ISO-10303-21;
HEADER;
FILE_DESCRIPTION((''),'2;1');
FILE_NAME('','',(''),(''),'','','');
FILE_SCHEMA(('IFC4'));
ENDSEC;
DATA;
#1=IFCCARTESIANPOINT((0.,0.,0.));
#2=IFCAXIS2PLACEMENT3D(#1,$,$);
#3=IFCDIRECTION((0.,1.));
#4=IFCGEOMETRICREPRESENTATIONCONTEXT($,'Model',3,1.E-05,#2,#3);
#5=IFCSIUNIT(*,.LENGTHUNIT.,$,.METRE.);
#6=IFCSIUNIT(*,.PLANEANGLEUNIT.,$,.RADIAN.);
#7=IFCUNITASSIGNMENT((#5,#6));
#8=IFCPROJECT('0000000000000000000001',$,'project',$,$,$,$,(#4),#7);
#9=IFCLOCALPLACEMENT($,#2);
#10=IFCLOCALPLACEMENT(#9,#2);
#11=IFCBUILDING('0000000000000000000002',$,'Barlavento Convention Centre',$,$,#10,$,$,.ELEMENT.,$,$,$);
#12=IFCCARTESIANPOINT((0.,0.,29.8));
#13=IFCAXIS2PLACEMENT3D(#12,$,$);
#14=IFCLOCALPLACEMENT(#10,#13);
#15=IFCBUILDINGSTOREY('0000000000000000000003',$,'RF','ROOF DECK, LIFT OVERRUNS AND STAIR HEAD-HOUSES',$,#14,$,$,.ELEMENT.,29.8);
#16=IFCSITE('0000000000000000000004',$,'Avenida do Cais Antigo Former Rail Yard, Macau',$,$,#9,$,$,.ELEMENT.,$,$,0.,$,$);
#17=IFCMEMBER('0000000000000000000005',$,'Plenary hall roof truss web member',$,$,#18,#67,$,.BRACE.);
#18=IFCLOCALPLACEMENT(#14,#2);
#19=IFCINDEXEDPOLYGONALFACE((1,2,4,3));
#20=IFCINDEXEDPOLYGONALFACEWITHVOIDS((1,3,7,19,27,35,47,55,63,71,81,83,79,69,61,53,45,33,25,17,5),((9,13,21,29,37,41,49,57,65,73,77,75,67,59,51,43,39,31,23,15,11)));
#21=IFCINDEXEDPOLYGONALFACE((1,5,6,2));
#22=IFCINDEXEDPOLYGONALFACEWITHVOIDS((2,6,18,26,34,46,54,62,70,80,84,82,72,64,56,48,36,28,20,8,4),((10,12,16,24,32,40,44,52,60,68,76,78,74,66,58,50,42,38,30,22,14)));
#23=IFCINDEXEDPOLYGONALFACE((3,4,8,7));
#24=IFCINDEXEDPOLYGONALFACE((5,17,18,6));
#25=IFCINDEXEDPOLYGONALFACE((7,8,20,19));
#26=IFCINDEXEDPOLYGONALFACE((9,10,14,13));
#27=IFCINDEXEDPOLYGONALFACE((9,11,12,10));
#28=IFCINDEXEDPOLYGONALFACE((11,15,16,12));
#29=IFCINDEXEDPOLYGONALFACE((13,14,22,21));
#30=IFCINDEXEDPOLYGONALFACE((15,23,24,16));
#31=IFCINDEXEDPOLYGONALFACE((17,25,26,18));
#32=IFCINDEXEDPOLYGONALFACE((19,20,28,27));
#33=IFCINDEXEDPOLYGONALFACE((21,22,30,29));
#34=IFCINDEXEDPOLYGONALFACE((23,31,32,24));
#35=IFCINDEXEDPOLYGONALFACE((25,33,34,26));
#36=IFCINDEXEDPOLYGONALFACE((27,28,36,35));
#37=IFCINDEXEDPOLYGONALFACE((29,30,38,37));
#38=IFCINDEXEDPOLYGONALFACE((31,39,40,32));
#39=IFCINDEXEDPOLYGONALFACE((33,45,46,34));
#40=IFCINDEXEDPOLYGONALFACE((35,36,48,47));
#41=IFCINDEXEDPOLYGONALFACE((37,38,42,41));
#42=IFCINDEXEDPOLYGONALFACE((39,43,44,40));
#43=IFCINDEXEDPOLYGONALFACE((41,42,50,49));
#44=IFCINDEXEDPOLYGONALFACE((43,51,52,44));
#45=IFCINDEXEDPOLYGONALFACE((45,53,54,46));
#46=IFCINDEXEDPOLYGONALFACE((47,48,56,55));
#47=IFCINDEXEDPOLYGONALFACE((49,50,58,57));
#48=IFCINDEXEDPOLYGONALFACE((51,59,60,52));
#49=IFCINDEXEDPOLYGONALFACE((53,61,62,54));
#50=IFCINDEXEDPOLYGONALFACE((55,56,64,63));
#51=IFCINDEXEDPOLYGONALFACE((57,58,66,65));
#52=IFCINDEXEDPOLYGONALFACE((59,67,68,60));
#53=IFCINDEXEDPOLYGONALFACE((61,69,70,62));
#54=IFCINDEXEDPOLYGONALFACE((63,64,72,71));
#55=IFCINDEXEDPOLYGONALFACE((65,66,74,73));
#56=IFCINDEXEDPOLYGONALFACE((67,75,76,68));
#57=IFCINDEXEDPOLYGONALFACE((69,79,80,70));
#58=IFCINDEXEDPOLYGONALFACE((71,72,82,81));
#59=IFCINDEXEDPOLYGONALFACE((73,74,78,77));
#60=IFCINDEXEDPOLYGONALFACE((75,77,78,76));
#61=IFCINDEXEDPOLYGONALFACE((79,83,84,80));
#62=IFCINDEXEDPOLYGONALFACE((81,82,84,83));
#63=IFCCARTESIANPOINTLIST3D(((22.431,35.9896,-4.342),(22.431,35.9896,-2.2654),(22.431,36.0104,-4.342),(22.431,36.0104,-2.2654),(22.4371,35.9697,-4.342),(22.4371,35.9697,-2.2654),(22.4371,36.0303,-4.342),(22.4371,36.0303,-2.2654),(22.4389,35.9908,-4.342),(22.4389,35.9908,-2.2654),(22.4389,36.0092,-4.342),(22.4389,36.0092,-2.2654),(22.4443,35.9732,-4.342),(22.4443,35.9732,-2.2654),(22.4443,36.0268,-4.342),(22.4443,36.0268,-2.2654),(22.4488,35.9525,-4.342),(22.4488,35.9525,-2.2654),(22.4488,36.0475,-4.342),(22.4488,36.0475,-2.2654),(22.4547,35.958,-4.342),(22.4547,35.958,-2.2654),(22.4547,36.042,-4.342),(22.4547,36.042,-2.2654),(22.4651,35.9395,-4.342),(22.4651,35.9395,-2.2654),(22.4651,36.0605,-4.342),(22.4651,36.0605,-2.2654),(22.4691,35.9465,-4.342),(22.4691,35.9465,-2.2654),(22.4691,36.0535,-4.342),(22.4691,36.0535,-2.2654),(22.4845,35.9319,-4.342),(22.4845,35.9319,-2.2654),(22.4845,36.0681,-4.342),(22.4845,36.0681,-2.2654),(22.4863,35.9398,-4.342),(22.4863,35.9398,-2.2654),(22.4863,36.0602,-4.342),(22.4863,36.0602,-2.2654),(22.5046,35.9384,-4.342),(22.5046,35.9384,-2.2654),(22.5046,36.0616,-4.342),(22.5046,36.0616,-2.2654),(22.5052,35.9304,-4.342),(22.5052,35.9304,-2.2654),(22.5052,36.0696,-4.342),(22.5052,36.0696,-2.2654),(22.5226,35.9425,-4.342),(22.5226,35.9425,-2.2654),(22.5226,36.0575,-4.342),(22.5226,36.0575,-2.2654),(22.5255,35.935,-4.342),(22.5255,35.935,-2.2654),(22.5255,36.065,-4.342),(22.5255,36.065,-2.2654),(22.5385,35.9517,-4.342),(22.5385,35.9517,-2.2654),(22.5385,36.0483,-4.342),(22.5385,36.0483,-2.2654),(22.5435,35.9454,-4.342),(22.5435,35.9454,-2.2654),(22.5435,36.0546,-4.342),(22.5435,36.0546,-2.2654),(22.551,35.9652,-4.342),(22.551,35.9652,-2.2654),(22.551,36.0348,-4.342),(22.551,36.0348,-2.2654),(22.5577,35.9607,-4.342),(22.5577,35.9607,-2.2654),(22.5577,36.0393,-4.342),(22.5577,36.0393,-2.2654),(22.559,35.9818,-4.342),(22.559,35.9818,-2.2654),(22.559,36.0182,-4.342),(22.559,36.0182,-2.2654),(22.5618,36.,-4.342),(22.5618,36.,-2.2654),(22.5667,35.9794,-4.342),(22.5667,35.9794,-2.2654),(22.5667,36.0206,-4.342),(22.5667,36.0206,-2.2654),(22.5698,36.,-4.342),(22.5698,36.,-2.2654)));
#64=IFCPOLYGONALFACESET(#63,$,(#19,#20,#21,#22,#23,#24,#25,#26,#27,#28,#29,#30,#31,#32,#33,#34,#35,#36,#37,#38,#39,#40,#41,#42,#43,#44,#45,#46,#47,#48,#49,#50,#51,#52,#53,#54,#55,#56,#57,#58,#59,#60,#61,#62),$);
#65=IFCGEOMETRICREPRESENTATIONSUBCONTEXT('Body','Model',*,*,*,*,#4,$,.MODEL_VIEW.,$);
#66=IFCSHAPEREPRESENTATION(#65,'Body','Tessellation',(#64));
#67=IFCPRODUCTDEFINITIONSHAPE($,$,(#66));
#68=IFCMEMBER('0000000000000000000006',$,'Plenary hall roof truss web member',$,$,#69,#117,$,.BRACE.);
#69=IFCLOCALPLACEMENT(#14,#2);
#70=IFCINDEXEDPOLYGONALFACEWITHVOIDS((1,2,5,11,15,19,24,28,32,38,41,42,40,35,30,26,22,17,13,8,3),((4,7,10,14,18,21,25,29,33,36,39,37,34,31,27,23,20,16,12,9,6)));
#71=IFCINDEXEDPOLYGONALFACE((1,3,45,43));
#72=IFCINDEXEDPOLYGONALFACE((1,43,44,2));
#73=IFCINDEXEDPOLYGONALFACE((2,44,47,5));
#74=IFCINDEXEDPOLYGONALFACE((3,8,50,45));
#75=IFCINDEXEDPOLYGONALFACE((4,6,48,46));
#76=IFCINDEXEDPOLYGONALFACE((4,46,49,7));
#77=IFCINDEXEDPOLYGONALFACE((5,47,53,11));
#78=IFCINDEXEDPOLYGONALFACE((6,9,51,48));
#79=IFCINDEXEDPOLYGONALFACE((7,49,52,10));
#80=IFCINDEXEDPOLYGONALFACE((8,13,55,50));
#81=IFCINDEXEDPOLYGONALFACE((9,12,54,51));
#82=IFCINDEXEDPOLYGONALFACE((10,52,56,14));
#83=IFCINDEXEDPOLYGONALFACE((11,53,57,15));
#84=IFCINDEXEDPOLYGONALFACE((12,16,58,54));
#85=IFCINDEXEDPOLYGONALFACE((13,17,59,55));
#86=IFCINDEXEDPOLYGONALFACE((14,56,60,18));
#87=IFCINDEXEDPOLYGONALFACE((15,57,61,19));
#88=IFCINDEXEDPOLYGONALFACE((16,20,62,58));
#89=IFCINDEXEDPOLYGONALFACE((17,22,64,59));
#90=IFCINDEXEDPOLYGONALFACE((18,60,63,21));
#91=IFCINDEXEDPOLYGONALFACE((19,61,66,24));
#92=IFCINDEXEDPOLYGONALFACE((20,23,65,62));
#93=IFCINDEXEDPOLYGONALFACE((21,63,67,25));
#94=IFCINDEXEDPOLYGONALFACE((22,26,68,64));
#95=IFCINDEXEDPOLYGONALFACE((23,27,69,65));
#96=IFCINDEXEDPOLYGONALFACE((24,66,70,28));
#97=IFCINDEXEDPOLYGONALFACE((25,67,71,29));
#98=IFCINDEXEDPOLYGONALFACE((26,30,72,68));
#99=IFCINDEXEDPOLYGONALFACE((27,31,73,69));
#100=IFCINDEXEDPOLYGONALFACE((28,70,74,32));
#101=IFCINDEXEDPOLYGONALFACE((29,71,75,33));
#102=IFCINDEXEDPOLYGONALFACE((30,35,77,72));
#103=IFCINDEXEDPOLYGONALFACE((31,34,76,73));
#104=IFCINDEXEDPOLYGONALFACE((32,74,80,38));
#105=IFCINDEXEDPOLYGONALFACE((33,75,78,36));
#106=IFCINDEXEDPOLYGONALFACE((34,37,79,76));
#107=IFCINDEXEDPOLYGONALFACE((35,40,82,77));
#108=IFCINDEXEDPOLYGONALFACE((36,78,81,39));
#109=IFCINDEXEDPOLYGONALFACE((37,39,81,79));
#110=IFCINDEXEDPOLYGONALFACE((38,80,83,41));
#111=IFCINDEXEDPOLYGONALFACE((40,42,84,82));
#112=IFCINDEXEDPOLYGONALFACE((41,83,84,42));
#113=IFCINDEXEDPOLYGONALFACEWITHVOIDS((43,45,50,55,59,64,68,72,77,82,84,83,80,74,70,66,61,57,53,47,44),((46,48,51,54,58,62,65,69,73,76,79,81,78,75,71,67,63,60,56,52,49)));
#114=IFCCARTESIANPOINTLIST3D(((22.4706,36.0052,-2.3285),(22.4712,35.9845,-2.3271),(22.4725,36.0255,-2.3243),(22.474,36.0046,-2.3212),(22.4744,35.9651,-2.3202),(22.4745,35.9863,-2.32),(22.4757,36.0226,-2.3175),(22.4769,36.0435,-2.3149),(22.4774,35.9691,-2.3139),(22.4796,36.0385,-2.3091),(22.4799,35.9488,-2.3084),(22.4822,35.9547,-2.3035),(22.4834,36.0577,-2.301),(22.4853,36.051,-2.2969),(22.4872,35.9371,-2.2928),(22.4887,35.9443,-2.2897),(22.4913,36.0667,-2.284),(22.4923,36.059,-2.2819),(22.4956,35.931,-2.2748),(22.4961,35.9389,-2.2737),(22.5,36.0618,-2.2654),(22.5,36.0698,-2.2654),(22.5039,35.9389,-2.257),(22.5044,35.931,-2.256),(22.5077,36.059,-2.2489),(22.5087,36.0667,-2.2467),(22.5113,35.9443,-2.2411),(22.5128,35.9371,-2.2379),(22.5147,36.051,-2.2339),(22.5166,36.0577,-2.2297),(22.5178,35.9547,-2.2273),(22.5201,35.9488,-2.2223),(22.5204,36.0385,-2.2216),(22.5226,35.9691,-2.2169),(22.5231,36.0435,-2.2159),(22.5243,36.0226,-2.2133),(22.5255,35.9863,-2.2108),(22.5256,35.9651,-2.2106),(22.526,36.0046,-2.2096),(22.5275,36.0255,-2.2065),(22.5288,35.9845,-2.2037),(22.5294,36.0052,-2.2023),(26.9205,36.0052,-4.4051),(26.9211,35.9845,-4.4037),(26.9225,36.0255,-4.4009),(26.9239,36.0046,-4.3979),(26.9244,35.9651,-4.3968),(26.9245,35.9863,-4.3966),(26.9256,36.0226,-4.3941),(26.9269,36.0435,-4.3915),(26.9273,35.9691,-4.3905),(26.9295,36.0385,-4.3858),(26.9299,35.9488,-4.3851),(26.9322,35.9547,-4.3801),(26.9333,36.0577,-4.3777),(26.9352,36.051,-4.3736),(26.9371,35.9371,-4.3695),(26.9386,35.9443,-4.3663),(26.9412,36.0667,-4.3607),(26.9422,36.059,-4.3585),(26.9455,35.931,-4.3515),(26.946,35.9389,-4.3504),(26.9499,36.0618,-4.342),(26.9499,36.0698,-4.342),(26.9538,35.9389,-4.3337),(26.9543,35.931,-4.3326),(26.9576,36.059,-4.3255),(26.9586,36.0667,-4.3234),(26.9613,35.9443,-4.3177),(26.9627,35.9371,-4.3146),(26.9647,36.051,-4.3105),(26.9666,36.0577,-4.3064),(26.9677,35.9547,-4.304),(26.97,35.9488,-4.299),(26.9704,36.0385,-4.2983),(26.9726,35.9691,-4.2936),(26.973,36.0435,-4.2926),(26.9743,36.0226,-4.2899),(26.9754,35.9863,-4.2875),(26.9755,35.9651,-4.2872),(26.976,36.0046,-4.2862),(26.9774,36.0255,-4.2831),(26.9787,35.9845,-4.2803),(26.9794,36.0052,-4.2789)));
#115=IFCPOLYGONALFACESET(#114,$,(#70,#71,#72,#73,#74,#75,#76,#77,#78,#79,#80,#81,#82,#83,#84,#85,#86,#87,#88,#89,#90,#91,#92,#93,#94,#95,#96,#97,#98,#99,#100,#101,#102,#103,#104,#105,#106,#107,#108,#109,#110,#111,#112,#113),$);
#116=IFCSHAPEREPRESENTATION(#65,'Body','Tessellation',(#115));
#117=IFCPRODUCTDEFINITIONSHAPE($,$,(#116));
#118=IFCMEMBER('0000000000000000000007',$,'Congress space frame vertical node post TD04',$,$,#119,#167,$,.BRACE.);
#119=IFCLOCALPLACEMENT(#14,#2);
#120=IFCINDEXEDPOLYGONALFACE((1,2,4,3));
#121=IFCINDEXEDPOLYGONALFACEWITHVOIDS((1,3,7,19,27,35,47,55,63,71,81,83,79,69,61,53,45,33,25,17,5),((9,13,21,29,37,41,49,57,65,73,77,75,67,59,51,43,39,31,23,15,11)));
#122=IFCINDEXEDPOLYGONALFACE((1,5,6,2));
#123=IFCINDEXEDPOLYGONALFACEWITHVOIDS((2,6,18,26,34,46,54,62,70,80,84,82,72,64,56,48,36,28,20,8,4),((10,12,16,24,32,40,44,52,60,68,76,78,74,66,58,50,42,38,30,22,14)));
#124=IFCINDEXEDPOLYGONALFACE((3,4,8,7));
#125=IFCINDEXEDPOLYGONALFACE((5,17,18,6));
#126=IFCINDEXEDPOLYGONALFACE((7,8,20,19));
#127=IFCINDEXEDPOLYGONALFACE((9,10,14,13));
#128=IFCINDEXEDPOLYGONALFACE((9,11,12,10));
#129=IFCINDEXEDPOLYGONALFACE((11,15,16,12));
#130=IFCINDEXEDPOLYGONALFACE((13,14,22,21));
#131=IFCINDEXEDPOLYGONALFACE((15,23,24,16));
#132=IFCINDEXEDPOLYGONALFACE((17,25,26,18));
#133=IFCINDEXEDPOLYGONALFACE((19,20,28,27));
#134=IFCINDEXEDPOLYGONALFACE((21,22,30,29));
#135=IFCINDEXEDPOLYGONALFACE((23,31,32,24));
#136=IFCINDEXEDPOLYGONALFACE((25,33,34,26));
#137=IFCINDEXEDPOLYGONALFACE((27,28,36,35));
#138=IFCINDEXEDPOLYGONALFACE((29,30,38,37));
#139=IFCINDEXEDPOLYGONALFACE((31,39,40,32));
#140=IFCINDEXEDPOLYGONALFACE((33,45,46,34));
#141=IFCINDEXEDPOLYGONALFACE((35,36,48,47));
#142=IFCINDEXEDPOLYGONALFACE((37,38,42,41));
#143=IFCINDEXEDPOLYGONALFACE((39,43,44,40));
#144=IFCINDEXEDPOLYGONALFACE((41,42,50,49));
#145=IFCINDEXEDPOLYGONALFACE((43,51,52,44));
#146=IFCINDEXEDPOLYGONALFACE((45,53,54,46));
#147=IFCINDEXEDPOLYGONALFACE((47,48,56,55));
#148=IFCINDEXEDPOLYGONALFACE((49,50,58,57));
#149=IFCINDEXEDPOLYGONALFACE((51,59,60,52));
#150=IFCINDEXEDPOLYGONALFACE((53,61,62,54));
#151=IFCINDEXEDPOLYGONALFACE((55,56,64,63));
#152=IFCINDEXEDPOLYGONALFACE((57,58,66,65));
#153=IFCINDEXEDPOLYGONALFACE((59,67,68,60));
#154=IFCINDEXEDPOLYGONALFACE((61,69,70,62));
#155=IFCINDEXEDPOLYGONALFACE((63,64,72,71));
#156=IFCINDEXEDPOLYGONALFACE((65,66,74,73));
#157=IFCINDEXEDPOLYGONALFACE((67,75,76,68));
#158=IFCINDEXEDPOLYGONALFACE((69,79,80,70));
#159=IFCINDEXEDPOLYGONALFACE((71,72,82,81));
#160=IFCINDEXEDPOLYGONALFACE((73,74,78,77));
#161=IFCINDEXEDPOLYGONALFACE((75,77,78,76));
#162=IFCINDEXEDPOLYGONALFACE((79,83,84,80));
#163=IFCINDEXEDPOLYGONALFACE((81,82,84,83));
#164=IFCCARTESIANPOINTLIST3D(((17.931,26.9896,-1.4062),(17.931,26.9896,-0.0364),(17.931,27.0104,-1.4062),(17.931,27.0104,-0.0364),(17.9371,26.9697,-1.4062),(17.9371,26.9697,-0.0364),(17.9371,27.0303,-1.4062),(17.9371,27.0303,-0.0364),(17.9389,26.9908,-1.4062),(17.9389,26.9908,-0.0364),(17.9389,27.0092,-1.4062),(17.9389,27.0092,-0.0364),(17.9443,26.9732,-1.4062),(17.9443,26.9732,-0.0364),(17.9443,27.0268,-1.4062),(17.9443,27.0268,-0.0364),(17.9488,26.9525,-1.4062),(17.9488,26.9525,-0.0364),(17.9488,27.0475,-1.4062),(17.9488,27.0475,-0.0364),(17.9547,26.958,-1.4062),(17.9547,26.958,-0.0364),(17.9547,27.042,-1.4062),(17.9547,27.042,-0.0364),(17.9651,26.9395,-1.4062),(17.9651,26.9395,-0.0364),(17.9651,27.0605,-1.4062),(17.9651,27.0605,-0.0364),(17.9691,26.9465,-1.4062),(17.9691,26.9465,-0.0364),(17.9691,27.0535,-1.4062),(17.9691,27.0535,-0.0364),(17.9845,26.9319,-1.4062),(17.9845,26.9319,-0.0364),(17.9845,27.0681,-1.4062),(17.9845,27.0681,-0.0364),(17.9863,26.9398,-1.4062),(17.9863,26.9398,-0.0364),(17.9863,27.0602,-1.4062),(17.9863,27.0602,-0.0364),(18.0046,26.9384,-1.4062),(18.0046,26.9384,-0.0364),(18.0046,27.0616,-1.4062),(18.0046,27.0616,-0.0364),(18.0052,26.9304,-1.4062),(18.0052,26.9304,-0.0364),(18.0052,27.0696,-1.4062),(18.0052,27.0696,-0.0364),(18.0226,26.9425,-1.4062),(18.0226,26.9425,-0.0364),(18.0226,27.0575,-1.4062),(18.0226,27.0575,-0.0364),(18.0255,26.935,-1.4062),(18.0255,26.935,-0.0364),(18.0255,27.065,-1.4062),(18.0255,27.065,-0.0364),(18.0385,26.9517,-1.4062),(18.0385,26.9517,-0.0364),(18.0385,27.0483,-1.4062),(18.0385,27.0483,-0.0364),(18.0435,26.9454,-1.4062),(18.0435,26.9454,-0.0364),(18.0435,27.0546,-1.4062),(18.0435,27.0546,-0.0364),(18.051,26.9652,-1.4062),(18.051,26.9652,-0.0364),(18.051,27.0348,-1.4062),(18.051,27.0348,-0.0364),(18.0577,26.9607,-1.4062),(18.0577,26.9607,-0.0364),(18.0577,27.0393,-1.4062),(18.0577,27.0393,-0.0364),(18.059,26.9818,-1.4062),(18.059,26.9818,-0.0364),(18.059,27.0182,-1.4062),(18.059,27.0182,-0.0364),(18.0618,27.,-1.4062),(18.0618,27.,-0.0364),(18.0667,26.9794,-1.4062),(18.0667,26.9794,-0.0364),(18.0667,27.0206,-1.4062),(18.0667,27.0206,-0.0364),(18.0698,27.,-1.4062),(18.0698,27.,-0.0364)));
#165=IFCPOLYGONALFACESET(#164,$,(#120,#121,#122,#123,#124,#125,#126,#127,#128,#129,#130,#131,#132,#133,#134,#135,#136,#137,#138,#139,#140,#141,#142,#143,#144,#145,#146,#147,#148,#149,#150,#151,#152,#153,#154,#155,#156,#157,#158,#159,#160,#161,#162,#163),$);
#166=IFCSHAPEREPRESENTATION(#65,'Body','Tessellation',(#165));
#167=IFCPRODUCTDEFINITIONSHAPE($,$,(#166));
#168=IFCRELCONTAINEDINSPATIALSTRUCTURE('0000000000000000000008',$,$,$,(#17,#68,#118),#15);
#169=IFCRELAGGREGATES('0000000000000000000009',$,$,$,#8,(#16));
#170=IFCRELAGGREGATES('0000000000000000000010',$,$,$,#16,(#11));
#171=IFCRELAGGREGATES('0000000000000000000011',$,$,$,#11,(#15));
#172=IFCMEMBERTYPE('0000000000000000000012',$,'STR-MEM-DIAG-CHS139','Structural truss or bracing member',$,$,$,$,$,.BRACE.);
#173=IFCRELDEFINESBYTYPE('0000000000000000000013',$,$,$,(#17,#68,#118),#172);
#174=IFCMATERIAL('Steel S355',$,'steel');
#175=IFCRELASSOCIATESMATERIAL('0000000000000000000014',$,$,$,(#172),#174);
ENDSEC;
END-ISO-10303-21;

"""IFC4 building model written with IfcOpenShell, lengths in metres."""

from ifc_helpers import new_model, si_unit, direction, frame, origin, origin_2d, place, context, subcontext, project, spatial, hollow_circle, extrude, material, material_profile, profile_set, type_object, element, save


model = new_model("IFC4")

# Units and contexts
model_context = context("Model", 3, precision=1e-05, world=origin(), true_north=direction((0.0, 1.0)))
body_context = subcontext(model_context, "Body", "Model", "MODEL_VIEW")
ifc_project = project(units=[si_unit("LENGTHUNIT", "METRE"), si_unit("PLANEANGLEUNIT", "RADIAN")], contexts=[model_context])

# Site, building, storey
site_placement = place(None, origin())
site = spatial("IfcSite", under=ifc_project, at=site_placement, Name="Avenida do Cais Antigo Former Rail Yard, Macau", CompositionType="ELEMENT", RefElevation=0.0)
building_placement = place(site_placement, origin())
building = spatial("IfcBuilding", under=site, at=building_placement, Name="Barlavento Convention Centre", CompositionType="ELEMENT")
storey_placement = place(building_placement, frame((0.0, 0.0, 29.8)))
storey = spatial("IfcBuildingStorey", under=building, at=storey_placement, Name="RF", Description="ROOF DECK, LIFT OVERRUNS AND STAIR HEAD-HOUSES", CompositionType="ELEMENT", Elevation=29.8)

# Members
ifc_material_1 = material(Name="Steel S355", Category="steel")
ifc_material_profile_1 = material_profile(ifc_material_1, hollow_circle(Radius=0.0698, WallThickness=0.0081, at=origin_2d()), Name="CHS 139.7x8.0")
ifc_profile_set_1 = profile_set([ifc_material_profile_1], Name="Steel S355")
member_type_1 = type_object("IfcMemberType", Name="STR-MEM-DIAG-CHS139", Description="Structural truss or bracing member", PredefinedType="BRACE", material=ifc_profile_set_1)
member_1_placement = place(storey_placement, frame((22.5, 36.0, -4.342), z_axis=(0.0, 0.0, 1.0), x_axis=(1.0, 0.0, 0.0)))
element("IfcMember", 1, at=member_1_placement, inside=storey, type_object=member_type_1, Name="Plenary hall roof truss web member", PredefinedType="BRACE", context=body_context, shape_type="SweptSolid", body=[
    extrude(hollow_circle(Radius=0.0698, WallThickness=0.0081, at=origin_2d()), origin(), (0.0, 0.0, 1.0), 2.0767),
])
member_2_placement = place(storey_placement, frame((22.5, 36.0, -2.2654), z_axis=(0.906182, 0.0, -0.422888), x_axis=(0.0, 1.0, 0.0)))
element("IfcMember", 2, at=member_2_placement, inside=storey, type_object=member_type_1, Name="Plenary hall roof truss web member", PredefinedType="BRACE", context=body_context, shape_type="SweptSolid", body=[
    extrude(hollow_circle(Radius=0.0698, WallThickness=0.0081, at=origin_2d()), origin(), (0.0, 0.0, 1.0), 4.9106),
])
for number, where, z_axis, x_axis, name in (
    (3, (18.0, 27.0, -1.4062), (0.0, 0.0, 1.0), (1.0, 0.0, 0.0), "Congress space frame vertical node post TD04"),
):
    element("IfcMember", number, at=place(storey_placement, frame(where, z_axis=z_axis, x_axis=x_axis)), inside=storey, type_object=member_type_1, Name=name, PredefinedType="BRACE", context=body_context, shape_type="SweptSolid", body=[
        extrude(hollow_circle(Radius=0.0698, WallThickness=0.0081, at=origin_2d()), origin(), (0.0, 0.0, 1.0), 1.3699),
    ])

save(model, "model.ifc")
